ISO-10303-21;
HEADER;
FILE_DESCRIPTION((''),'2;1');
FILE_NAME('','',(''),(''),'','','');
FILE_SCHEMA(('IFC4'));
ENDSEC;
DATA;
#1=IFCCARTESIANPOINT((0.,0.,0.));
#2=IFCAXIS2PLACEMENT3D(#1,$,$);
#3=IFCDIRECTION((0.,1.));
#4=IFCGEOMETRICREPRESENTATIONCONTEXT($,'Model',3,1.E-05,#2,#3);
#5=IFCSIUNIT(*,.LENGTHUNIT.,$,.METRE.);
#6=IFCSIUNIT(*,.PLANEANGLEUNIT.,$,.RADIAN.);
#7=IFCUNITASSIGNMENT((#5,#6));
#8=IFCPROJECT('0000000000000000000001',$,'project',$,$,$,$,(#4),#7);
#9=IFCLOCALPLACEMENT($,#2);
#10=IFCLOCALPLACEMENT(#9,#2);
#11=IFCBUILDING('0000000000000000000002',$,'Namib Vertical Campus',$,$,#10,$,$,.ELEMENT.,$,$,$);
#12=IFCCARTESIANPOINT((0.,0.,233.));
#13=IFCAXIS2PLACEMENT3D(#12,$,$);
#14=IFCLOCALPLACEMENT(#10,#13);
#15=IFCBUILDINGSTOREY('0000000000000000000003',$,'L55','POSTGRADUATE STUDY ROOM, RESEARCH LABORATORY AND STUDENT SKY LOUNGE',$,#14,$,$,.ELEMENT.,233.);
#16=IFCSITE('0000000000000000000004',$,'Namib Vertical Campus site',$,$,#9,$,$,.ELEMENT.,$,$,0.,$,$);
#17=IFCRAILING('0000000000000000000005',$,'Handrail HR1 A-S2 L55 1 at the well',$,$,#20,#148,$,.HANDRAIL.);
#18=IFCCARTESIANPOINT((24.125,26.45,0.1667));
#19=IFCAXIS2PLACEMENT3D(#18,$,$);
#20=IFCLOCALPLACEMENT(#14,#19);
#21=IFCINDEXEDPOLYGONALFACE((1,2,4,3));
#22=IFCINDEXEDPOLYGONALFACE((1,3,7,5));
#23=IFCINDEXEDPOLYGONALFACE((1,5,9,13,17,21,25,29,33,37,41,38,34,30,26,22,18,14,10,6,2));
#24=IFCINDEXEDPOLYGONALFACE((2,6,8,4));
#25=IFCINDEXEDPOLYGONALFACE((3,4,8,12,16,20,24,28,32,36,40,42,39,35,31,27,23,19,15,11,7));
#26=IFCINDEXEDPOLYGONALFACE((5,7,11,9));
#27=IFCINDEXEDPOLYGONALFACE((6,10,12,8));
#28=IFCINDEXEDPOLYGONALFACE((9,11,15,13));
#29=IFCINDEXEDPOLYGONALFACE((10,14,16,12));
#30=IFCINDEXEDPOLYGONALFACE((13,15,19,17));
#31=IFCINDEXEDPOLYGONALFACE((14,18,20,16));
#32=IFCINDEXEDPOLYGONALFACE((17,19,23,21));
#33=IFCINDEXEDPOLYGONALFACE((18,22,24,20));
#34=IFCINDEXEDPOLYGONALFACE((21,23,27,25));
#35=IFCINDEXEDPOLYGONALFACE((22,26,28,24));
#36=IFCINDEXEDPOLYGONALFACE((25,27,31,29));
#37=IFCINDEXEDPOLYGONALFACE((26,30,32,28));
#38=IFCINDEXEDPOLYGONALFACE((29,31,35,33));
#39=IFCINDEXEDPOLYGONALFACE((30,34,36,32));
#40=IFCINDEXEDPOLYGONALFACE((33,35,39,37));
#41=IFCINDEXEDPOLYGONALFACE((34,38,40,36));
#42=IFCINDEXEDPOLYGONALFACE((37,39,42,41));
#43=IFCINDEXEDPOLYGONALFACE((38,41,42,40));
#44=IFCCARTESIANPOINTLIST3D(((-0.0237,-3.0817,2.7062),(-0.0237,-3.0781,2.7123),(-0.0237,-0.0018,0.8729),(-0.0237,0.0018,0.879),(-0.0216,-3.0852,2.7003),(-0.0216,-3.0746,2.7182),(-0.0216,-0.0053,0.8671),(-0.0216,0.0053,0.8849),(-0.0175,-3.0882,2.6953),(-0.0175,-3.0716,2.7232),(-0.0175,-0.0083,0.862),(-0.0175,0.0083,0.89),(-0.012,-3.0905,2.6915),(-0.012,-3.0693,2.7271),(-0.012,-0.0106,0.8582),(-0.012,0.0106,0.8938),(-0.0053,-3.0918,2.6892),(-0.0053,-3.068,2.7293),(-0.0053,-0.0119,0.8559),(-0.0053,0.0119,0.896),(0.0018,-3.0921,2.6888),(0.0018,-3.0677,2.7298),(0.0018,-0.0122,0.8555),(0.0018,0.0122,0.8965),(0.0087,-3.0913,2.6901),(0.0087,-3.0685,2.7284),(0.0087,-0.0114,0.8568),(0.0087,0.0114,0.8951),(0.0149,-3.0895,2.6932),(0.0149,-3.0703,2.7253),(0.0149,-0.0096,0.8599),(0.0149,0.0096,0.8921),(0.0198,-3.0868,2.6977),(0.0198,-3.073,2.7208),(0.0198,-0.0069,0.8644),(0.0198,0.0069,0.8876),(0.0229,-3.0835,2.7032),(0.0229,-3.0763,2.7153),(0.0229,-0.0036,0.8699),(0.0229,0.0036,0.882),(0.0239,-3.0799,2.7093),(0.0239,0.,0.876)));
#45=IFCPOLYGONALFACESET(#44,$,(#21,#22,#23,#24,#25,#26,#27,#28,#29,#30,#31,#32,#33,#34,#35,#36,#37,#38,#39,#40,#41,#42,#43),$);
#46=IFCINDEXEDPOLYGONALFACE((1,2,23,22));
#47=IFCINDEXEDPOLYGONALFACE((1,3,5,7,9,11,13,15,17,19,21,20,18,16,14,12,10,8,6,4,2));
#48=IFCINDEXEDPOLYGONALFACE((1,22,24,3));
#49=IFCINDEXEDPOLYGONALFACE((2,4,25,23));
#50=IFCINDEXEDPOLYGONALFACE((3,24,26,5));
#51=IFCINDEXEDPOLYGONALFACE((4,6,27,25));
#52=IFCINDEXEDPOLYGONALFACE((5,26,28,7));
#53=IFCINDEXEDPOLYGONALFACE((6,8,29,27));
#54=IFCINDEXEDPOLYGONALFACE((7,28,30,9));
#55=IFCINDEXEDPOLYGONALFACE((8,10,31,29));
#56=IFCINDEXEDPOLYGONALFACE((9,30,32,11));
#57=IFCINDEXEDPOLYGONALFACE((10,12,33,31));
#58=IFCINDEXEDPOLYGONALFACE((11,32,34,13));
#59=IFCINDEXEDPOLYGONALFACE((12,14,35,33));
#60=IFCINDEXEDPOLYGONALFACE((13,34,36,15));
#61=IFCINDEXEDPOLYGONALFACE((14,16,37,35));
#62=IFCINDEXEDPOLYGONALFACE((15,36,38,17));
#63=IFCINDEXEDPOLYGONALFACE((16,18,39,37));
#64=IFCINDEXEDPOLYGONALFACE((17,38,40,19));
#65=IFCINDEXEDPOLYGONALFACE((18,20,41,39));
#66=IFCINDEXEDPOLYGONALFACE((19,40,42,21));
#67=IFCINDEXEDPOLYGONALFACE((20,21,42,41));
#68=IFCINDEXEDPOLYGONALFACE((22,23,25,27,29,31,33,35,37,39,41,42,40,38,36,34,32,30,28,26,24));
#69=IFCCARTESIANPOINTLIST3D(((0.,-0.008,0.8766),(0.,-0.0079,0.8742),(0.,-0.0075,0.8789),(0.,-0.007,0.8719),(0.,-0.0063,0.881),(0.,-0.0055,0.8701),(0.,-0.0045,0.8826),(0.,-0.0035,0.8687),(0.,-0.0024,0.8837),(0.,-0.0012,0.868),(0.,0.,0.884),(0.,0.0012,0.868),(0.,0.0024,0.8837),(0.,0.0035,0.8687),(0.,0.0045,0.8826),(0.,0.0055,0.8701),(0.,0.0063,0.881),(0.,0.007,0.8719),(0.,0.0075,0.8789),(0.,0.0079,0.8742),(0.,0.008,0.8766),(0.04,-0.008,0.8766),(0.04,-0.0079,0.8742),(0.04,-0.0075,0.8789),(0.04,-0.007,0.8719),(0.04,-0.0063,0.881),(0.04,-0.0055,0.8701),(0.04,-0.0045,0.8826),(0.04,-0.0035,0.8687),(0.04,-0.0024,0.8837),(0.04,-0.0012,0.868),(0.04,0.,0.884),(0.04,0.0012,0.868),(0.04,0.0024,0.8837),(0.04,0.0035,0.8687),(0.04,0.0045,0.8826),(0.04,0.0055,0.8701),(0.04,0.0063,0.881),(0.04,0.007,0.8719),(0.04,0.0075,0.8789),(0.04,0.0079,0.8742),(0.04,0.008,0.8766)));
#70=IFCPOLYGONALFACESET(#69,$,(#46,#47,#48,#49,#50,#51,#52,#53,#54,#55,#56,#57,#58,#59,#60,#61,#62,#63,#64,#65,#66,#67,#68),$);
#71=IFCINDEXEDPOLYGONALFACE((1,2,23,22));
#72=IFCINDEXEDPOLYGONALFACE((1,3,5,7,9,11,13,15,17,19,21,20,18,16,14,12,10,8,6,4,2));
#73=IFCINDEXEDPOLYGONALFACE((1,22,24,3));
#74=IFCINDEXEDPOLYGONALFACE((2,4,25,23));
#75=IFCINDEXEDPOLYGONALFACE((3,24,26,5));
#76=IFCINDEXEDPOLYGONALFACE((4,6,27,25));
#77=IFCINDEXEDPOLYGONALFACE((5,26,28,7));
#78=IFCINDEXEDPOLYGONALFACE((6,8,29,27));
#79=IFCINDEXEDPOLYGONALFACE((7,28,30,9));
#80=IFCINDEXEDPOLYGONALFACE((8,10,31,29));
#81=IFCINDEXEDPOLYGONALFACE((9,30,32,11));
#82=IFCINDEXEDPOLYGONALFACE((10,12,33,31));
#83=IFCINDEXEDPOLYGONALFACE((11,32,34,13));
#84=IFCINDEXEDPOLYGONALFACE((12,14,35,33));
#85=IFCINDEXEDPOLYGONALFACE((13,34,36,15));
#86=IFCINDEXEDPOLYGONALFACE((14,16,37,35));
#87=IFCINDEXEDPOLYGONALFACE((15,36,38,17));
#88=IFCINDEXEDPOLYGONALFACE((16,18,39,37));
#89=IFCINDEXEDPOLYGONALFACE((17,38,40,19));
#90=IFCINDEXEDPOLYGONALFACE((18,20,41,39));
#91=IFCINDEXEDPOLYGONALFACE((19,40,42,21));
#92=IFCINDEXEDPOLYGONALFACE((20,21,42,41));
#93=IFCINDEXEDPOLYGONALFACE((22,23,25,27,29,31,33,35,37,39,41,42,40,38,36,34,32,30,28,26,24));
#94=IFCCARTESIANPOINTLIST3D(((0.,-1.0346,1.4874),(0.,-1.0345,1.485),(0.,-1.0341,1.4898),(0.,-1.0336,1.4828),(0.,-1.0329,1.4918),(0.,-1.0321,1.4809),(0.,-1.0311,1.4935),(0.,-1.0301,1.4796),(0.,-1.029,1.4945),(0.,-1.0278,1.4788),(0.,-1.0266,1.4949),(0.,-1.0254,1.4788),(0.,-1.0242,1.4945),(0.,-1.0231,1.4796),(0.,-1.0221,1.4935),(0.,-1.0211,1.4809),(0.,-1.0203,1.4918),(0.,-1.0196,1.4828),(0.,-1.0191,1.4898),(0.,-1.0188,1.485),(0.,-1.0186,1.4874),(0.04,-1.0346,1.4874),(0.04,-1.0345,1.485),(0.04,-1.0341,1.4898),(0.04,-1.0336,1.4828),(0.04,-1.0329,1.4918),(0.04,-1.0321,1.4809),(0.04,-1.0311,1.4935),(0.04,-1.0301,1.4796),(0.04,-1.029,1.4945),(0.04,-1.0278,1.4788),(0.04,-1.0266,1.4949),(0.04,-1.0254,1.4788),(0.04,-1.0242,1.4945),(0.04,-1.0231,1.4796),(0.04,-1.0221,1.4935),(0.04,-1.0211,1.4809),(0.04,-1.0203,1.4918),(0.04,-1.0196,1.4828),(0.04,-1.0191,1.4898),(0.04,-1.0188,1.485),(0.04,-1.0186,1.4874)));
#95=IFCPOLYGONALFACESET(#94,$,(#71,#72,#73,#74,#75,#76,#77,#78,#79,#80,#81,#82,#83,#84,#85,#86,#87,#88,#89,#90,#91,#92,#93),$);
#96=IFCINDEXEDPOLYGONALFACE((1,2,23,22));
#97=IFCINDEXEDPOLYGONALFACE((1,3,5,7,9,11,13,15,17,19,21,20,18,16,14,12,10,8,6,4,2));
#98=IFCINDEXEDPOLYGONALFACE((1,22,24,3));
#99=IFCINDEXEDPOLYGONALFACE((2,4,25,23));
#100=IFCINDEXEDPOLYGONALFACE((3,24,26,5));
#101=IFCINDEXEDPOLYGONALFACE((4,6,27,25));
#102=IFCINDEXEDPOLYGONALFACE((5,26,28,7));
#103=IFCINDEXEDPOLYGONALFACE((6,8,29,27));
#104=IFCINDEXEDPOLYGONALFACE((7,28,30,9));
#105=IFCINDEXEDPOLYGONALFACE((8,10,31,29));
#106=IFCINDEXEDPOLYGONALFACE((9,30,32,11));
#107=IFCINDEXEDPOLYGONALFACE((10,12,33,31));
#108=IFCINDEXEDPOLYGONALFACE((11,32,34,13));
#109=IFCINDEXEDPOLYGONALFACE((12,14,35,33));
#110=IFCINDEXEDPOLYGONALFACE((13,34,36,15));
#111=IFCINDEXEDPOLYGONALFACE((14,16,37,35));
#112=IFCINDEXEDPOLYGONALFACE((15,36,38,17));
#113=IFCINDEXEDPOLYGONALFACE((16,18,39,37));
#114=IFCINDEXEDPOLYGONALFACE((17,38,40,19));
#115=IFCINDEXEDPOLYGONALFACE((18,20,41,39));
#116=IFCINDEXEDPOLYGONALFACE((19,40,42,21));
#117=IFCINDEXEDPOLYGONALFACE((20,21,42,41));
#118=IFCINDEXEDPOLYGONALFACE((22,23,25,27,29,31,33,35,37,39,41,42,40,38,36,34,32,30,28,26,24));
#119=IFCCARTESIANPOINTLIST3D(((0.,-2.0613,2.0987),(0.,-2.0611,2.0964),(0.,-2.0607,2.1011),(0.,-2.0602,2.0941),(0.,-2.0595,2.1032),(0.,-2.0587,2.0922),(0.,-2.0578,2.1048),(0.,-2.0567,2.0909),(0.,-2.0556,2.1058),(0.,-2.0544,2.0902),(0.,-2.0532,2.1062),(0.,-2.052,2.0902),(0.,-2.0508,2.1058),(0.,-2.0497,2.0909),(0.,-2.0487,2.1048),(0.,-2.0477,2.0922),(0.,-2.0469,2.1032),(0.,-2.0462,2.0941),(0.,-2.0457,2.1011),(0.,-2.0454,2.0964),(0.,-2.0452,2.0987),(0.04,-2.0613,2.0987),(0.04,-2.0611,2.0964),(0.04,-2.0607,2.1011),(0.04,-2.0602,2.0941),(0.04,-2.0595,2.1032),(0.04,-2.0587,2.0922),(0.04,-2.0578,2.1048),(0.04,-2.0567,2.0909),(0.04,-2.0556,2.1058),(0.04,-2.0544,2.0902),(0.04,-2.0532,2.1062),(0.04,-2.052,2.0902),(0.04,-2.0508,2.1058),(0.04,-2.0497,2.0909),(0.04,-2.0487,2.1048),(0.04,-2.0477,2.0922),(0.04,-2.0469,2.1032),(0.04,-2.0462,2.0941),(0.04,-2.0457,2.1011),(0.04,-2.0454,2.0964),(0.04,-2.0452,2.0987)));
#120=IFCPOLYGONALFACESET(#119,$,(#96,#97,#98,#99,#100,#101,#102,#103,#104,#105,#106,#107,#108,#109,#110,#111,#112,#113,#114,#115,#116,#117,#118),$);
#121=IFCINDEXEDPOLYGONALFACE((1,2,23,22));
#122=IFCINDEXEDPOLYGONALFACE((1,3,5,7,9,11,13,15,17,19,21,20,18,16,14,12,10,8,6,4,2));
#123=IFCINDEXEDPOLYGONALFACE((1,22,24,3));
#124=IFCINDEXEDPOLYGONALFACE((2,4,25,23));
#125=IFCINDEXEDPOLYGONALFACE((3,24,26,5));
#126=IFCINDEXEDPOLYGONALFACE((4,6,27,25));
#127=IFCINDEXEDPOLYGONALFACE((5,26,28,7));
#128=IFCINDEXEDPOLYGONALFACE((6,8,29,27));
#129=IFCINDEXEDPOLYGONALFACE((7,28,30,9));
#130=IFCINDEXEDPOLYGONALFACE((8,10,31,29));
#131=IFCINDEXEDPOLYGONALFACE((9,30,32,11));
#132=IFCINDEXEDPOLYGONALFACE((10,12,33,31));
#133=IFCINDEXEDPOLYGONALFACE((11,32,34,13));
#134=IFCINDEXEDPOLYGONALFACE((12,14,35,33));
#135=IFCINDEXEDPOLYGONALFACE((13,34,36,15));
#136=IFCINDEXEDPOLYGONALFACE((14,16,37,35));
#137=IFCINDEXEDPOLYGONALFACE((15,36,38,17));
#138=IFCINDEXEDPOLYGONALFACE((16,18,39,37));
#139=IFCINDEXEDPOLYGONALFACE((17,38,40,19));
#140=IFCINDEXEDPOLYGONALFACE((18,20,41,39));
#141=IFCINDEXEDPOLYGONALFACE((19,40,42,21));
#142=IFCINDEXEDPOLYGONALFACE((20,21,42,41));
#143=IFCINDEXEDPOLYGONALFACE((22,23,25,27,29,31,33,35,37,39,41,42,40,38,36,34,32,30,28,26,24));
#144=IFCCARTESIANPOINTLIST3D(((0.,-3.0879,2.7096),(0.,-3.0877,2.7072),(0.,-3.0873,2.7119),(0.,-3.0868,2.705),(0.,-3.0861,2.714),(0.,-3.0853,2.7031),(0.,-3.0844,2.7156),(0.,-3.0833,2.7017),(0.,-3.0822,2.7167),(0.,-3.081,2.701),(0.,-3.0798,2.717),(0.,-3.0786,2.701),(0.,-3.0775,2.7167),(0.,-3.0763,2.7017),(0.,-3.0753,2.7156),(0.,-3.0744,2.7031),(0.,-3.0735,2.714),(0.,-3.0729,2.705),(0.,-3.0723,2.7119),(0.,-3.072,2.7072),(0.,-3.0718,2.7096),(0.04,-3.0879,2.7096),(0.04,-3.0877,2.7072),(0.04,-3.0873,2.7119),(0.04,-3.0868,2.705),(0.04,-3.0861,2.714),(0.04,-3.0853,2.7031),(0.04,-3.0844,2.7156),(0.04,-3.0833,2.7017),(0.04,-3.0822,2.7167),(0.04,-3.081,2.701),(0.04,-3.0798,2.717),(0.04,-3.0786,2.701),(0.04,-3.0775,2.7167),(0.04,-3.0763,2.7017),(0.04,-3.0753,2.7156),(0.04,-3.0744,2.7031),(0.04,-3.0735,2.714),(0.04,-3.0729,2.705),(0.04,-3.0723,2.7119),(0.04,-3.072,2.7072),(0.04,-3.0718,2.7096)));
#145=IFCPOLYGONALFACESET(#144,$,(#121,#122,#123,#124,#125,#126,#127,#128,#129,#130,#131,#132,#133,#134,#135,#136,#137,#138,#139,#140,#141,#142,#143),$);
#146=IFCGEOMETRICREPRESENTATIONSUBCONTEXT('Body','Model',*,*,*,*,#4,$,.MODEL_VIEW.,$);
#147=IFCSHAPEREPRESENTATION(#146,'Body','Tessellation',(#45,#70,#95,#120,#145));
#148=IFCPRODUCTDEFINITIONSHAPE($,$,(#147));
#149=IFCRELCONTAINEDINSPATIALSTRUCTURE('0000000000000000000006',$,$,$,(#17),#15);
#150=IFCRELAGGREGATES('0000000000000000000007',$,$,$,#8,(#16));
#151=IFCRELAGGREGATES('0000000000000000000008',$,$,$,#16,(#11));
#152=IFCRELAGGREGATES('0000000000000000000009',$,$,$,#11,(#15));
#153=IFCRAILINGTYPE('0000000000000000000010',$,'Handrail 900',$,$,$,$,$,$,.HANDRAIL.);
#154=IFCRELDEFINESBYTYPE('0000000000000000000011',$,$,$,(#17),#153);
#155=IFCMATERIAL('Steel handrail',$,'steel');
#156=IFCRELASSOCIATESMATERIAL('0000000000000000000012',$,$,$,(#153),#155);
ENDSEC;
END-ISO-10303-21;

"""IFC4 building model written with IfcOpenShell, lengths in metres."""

from ifc_helpers import new_model, si_unit, direction, frame, origin, origin_2d, place, context, subcontext, project, spatial, circle, extrude, material, type_object, element, save


model = new_model("IFC4")

# Units and contexts
model_context = context("Model", 3, precision=1e-05, world=origin(), true_north=direction((0.0, 1.0)))
body_context = subcontext(model_context, "Body", "Model", "MODEL_VIEW")
ifc_project = project(units=[si_unit("LENGTHUNIT", "METRE"), si_unit("PLANEANGLEUNIT", "RADIAN")], contexts=[model_context])

# Site, building, storey
site_placement = place(None, origin())
site = spatial("IfcSite", under=ifc_project, at=site_placement, Name="Namib Vertical Campus site", CompositionType="ELEMENT", RefElevation=0.0)
building_placement = place(site_placement, origin())
building = spatial("IfcBuilding", under=site, at=building_placement, Name="Namib Vertical Campus", CompositionType="ELEMENT")
storey_placement = place(building_placement, frame((0.0, 0.0, 233.0)))
storey = spatial("IfcBuildingStorey", under=building, at=storey_placement, Name="L55", Description="POSTGRADUATE STUDY ROOM, RESEARCH LABORATORY AND STUDENT SKY LOUNGE", CompositionType="ELEMENT", Elevation=233.0)

# Railing
ifc_material_1 = material(Name="Steel handrail", Category="steel")
railing_type_1 = type_object("IfcRailingType", Name="Handrail 900", PredefinedType="HANDRAIL", material=ifc_material_1)
railing_1_placement = place(storey_placement, frame((24.125, 26.45, 0.1667)))
element("IfcRailing", 1, at=railing_1_placement, inside=storey, type_object=railing_type_1, Name="Handrail HR1 A-S2 L55 1 at the well", PredefinedType="HANDRAIL", context=body_context, shape_type="SweptSolid", body=[
    extrude(circle(Radius=0.0239, at=origin_2d()), frame((0.0, 0.0, 0.876), z_axis=(0.0, -0.859291, 0.511487), x_axis=(1.0, 0.0, 0.0)), (0.0, 0.0, 1.0), 3.5842),
    extrude(circle(Radius=0.0081, at=origin_2d()), frame((0.0, 0.0, 0.876), z_axis=(1.0, 0.0, 0.0), x_axis=(0.0, 0.0, 1.0)), (0.0, 0.0, 1.0), 0.04),
    extrude(circle(Radius=0.0081, at=origin_2d()), frame((0.0, -1.0266, 1.4868), z_axis=(1.0, 0.0, 0.0), x_axis=(0.0, 0.0, 1.0)), (0.0, 0.0, 1.0), 0.04),
    extrude(circle(Radius=0.0081, at=origin_2d()), frame((0.0, -2.0532, 2.0981), z_axis=(1.0, 0.0, 0.0), x_axis=(0.0, 0.0, 1.0)), (0.0, 0.0, 1.0), 0.04),
    extrude(circle(Radius=0.0081, at=origin_2d()), frame((0.0, -3.0798, 2.709), z_axis=(1.0, 0.0, 0.0), x_axis=(0.0, 0.0, 1.0)), (0.0, 0.0, 1.0), 0.04),
])

save(model, "model.ifc")
